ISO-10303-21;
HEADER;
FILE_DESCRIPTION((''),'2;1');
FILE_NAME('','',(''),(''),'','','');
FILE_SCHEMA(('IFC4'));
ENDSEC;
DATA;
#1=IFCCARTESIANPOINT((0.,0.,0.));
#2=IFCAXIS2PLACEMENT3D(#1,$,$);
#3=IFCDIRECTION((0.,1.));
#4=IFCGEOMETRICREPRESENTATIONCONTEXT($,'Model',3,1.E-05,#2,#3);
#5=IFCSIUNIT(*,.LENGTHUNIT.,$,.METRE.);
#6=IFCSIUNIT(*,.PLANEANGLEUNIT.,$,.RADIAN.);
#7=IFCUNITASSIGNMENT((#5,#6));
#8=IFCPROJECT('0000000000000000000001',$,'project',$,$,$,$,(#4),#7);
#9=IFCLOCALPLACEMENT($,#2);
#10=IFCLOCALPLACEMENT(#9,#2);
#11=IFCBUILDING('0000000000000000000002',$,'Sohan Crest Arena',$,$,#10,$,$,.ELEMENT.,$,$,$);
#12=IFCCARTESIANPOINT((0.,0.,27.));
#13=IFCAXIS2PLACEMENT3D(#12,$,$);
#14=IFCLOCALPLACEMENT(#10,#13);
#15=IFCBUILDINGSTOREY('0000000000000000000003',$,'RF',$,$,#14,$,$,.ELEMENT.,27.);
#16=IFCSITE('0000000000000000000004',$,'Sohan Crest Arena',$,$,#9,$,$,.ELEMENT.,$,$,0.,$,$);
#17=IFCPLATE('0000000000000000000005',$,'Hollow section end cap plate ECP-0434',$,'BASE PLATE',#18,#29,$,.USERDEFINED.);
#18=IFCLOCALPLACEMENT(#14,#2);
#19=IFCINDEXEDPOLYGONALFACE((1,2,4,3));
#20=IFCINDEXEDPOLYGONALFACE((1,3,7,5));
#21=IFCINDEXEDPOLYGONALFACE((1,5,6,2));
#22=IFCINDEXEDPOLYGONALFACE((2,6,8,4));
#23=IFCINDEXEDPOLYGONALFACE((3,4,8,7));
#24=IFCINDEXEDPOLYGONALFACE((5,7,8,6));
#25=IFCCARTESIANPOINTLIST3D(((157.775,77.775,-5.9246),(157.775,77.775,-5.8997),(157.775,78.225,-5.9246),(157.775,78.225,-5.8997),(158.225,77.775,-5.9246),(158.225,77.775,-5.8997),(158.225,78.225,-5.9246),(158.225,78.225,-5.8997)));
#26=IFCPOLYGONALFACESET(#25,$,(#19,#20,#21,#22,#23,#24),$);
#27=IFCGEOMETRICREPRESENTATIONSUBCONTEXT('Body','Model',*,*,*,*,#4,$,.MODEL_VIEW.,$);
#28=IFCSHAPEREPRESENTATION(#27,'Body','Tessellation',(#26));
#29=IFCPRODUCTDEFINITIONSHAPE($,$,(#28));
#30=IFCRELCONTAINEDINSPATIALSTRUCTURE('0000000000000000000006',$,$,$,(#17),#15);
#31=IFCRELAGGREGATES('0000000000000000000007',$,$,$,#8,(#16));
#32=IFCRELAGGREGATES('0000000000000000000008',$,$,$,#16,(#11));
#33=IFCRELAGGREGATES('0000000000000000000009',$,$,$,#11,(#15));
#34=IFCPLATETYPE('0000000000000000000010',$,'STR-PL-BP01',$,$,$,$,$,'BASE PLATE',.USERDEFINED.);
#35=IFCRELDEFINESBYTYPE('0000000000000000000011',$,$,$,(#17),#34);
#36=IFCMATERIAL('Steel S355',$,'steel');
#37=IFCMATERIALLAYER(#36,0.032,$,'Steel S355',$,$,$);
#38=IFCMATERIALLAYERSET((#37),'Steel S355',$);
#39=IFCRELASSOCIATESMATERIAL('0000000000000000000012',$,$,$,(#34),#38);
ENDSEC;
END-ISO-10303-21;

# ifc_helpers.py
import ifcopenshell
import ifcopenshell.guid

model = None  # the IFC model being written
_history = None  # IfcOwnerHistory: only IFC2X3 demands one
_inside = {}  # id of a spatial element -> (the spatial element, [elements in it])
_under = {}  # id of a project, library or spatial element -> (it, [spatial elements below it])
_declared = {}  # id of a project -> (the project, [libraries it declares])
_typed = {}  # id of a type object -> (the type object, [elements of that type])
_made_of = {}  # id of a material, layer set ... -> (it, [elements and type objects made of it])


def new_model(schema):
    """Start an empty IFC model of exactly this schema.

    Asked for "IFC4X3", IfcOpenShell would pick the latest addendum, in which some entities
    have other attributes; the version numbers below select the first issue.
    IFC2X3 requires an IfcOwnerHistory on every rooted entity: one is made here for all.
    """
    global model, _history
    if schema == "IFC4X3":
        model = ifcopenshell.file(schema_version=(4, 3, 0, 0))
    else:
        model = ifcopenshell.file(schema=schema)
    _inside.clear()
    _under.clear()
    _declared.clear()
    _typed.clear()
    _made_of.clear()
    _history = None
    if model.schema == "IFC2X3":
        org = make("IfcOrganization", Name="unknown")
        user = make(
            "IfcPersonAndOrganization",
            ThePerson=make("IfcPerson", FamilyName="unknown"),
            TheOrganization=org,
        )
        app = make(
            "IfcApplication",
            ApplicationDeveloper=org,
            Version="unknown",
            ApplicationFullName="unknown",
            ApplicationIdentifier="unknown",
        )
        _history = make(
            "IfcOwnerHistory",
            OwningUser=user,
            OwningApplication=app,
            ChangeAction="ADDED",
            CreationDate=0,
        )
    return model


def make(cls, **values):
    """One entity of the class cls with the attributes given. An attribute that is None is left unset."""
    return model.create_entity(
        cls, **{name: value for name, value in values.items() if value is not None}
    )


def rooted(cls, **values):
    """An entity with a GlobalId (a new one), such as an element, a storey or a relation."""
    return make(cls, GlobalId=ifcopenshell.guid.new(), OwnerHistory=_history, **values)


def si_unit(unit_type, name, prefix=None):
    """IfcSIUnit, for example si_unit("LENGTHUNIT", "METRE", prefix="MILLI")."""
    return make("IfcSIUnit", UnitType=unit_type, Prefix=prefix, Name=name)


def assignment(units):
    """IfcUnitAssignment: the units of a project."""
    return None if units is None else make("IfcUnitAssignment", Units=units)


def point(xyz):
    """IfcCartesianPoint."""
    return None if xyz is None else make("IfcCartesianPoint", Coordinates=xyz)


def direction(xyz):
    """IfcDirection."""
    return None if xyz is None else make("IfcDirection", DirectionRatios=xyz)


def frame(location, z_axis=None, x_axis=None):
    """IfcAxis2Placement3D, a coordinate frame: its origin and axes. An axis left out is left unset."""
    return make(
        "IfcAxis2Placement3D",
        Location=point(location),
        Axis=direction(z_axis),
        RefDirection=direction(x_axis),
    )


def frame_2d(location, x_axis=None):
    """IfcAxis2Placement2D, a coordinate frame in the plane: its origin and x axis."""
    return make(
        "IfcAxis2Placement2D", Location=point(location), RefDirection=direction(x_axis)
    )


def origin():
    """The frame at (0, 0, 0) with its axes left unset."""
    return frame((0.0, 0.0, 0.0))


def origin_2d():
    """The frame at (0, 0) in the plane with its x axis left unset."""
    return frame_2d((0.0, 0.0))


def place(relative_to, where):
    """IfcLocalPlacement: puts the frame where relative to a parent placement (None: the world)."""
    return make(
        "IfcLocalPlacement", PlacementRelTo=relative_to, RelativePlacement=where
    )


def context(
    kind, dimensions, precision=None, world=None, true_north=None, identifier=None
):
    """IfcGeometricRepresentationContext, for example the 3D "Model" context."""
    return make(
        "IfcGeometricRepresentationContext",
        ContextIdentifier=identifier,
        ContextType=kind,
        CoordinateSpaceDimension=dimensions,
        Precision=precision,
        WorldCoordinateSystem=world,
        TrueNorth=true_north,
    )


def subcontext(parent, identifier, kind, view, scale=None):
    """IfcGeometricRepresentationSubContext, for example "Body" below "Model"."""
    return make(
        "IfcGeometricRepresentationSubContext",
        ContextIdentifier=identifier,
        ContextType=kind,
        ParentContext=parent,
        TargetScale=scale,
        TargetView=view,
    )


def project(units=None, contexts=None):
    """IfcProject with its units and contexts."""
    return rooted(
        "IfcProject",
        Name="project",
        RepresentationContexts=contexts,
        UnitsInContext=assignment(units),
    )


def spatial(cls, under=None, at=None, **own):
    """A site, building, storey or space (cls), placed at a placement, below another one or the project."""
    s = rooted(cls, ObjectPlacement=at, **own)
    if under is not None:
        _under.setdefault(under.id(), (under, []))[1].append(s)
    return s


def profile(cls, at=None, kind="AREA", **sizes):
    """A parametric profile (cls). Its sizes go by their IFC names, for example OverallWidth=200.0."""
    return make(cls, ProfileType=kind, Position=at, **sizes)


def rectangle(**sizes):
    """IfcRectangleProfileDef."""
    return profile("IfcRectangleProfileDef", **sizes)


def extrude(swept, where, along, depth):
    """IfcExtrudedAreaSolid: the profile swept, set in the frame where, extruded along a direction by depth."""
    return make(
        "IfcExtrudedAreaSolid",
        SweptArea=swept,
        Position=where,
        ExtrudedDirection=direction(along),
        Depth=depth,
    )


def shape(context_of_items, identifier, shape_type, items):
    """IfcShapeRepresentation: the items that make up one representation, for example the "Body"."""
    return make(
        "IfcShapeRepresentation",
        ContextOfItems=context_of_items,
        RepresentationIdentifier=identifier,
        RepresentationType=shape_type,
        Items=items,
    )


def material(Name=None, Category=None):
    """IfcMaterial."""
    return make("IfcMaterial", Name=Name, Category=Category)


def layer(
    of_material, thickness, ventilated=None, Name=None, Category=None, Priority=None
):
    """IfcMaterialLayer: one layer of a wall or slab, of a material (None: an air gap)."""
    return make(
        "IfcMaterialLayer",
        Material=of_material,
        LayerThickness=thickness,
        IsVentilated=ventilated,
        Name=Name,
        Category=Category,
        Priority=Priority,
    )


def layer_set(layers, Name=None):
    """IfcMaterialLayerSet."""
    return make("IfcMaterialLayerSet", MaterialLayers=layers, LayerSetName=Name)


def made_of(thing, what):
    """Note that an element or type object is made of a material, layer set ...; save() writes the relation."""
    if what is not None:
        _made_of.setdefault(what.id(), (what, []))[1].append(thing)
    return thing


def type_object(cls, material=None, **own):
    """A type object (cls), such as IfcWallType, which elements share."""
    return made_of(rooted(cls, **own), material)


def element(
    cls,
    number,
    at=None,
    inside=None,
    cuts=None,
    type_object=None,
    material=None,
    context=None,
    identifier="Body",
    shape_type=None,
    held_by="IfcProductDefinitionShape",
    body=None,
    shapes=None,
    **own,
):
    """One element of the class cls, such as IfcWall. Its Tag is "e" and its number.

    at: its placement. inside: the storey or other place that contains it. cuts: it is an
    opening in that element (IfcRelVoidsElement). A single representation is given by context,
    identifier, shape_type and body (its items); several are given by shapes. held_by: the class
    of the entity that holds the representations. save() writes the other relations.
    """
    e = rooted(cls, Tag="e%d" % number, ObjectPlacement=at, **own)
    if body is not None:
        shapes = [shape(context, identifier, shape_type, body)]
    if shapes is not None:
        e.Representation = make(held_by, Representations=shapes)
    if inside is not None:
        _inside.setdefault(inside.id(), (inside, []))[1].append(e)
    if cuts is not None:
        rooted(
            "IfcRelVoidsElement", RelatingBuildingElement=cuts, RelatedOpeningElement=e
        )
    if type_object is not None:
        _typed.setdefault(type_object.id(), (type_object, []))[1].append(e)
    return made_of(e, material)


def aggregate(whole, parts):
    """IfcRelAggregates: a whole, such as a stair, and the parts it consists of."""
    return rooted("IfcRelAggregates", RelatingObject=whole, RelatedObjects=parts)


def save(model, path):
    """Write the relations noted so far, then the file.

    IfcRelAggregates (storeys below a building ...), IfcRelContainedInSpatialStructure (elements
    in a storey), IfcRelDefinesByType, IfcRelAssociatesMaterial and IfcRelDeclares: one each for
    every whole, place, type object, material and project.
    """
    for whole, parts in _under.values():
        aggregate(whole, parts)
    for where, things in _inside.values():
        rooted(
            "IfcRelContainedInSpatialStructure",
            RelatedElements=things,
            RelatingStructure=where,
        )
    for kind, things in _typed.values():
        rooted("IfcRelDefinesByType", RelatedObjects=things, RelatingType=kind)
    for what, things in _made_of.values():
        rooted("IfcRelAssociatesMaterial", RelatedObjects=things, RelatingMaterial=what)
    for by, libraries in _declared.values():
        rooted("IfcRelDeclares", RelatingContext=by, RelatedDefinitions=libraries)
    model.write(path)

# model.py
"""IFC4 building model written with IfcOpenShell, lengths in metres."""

from ifc_helpers import new_model, si_unit, direction, frame, origin, origin_2d, place, context, subcontext, project, spatial, rectangle, extrude, material, layer, layer_set, type_object, element, save


model = new_model("IFC4")

# Units and contexts
model_context = context("Model", 3, precision=1e-05, world=origin(), true_north=direction((0.0, 1.0)))
body_context = subcontext(model_context, "Body", "Model", "MODEL_VIEW")
ifc_project = project(units=[si_unit("LENGTHUNIT", "METRE"), si_unit("PLANEANGLEUNIT", "RADIAN")], contexts=[model_context])

# Site, building, storey
site_placement = place(None, origin())
site = spatial("IfcSite", under=ifc_project, at=site_placement, Name="Sohan Crest Arena", CompositionType="ELEMENT", RefElevation=0.0)
building_placement = place(site_placement, origin())
building = spatial("IfcBuilding", under=site, at=building_placement, Name="Sohan Crest Arena", CompositionType="ELEMENT")
storey_placement = place(building_placement, frame((0.0, 0.0, 27.0)))
storey = spatial("IfcBuildingStorey", under=building, at=storey_placement, Name="RF", CompositionType="ELEMENT", Elevation=27.0)

# Shared definitions
ifc_material_1 = material(Name="Steel S355", Category="steel")

# Plate
ifc_layer = layer(ifc_material_1, 0.032, Name="Steel S355")
ifc_layer_set = layer_set([ifc_layer], Name="Steel S355")
plate_type = type_object("IfcPlateType", Name="STR-PL-BP01", ElementType="BASE PLATE", PredefinedType="USERDEFINED", material=ifc_layer_set)
for number, where, z_axis, x_axis, name in (
    (1, (158.0, 78.0, -5.9246), (0.0, 0.0, 1.0), (1.0, 0.0, 0.0), "Hollow section end cap plate ECP-0434"),
):
    element("IfcPlate", number, at=place(storey_placement, frame(where, z_axis=z_axis, x_axis=x_axis)), inside=storey, type_object=plate_type, Name=name, ObjectType="BASE PLATE", PredefinedType="USERDEFINED", context=body_context, shape_type="SweptSolid", body=[
        extrude(rectangle(XDim=0.45, YDim=0.45, at=origin_2d()), origin(), (0.0, 0.0, 1.0), 0.0249),
    ])

save(model, "model.ifc")
